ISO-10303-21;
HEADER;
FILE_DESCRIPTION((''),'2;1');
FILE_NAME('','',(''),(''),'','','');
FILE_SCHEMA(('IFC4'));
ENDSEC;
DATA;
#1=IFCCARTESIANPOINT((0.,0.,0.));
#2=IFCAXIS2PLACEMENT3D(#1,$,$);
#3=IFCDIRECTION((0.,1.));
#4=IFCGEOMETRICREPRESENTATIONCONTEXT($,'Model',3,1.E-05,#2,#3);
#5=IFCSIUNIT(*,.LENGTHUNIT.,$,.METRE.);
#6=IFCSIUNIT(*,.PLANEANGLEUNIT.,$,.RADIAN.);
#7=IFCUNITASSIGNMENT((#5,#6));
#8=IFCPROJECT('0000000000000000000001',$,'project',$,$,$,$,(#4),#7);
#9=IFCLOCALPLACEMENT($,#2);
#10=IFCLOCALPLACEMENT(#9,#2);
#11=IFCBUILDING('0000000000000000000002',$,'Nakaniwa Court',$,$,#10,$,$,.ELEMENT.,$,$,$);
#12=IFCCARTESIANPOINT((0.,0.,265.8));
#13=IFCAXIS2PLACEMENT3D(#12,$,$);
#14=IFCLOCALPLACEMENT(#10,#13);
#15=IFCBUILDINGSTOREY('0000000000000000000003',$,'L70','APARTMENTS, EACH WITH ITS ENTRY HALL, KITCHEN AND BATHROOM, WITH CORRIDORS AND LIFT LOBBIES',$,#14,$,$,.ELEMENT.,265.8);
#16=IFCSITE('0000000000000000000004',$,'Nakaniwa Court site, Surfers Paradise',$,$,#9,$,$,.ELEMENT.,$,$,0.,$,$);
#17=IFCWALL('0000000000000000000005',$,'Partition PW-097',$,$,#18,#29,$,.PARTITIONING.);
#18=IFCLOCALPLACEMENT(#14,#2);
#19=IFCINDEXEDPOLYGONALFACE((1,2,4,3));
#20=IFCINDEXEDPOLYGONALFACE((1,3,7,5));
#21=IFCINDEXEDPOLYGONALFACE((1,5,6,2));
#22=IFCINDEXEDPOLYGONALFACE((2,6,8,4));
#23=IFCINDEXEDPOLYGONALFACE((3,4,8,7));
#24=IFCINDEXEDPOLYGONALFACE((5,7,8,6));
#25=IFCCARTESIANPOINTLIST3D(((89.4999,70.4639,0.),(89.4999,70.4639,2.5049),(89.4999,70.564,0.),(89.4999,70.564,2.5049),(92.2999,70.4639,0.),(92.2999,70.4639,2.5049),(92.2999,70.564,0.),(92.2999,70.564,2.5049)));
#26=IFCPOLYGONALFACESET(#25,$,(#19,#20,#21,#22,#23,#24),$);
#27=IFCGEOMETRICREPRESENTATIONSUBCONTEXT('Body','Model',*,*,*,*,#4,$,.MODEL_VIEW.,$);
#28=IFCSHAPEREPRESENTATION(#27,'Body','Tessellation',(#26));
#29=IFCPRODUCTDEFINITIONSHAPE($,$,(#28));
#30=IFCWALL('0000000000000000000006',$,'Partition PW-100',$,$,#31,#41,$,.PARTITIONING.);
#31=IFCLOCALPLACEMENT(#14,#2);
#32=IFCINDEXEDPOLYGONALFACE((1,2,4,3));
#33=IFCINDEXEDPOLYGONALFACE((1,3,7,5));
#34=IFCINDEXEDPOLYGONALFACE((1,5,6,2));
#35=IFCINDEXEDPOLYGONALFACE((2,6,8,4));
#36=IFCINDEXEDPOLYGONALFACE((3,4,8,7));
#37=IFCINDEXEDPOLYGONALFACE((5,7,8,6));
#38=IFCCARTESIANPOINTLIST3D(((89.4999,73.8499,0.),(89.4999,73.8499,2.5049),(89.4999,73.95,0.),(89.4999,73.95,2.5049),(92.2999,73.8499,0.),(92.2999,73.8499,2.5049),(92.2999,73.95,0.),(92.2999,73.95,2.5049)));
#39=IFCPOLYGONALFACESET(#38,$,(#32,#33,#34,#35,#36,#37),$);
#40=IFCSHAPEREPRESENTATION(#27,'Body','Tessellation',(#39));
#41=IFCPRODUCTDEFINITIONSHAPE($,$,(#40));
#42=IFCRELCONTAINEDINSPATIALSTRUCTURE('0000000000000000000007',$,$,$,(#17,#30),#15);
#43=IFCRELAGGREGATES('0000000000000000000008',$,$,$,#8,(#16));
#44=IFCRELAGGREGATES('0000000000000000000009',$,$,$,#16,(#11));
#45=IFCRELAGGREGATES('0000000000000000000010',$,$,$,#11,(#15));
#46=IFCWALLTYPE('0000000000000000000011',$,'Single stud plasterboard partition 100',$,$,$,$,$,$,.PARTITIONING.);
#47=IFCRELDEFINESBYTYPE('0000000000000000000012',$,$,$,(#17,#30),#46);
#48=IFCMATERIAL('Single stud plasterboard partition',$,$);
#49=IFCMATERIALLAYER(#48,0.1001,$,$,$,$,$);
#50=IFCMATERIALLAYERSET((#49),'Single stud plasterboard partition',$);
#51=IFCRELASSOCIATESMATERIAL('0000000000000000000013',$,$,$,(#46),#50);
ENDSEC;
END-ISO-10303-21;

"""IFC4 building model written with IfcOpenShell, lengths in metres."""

from ifc_helpers import new_model, si_unit, direction, frame, frame_2d, origin, place, context, subcontext, project, spatial, rectangle, extrude, material, layer, layer_set, type_object, element, save


model = new_model("IFC4")

# Units and contexts
model_context = context("Model", 3, precision=1e-05, world=origin(), true_north=direction((0.0, 1.0)))
body_context = subcontext(model_context, "Body", "Model", "MODEL_VIEW")
ifc_project = project(units=[si_unit("LENGTHUNIT", "METRE"), si_unit("PLANEANGLEUNIT", "RADIAN")], contexts=[model_context])

# Site, building, storey
site_placement = place(None, origin())
site = spatial("IfcSite", under=ifc_project, at=site_placement, Name="Nakaniwa Court site, Surfers Paradise", CompositionType="ELEMENT", RefElevation=0.0)
building_placement = place(site_placement, origin())
building = spatial("IfcBuilding", under=site, at=building_placement, Name="Nakaniwa Court", CompositionType="ELEMENT")
storey_placement = place(building_placement, frame((0.0, 0.0, 265.8)))
storey = spatial("IfcBuildingStorey", under=building, at=storey_placement, Name="L70", Description="APARTMENTS, EACH WITH ITS ENTRY HALL, KITCHEN AND BATHROOM, WITH CORRIDORS AND LIFT LOBBIES", CompositionType="ELEMENT", Elevation=265.8)

# Walls
ifc_material_1 = material(Name="Single stud plasterboard partition")
ifc_layer_1 = layer(ifc_material_1, 0.1001)
ifc_layer_set_1 = layer_set([ifc_layer_1], Name="Single stud plasterboard partition")
wall_type_1 = type_object("IfcWallType", Name="Single stud plasterboard partition 100", PredefinedType="PARTITIONING", material=ifc_layer_set_1)
for number, where, z_axis, x_axis, name in (
    (1, (89.5, 70.5139, 0.0), (0.0, 0.0, 1.0), (1.0, 0.0, 0.0), "Partition PW-097"),
    (2, (89.5, 73.8999, 0.0), (0.0, 0.0, 1.0), (1.0, 0.0, 0.0), "Partition PW-100"),
):
    element("IfcWall", number, at=place(storey_placement, frame(where, z_axis=z_axis, x_axis=x_axis)), inside=storey, type_object=wall_type_1, Name=name, PredefinedType="PARTITIONING", context=body_context, shape_type="SweptSolid", body=[
        extrude(rectangle(XDim=2.8, YDim=0.1001, at=frame_2d((1.3999, 0.0))), origin(), (0.0, 0.0, 1.0), 2.5049),
    ])

save(model, "model.ifc")
